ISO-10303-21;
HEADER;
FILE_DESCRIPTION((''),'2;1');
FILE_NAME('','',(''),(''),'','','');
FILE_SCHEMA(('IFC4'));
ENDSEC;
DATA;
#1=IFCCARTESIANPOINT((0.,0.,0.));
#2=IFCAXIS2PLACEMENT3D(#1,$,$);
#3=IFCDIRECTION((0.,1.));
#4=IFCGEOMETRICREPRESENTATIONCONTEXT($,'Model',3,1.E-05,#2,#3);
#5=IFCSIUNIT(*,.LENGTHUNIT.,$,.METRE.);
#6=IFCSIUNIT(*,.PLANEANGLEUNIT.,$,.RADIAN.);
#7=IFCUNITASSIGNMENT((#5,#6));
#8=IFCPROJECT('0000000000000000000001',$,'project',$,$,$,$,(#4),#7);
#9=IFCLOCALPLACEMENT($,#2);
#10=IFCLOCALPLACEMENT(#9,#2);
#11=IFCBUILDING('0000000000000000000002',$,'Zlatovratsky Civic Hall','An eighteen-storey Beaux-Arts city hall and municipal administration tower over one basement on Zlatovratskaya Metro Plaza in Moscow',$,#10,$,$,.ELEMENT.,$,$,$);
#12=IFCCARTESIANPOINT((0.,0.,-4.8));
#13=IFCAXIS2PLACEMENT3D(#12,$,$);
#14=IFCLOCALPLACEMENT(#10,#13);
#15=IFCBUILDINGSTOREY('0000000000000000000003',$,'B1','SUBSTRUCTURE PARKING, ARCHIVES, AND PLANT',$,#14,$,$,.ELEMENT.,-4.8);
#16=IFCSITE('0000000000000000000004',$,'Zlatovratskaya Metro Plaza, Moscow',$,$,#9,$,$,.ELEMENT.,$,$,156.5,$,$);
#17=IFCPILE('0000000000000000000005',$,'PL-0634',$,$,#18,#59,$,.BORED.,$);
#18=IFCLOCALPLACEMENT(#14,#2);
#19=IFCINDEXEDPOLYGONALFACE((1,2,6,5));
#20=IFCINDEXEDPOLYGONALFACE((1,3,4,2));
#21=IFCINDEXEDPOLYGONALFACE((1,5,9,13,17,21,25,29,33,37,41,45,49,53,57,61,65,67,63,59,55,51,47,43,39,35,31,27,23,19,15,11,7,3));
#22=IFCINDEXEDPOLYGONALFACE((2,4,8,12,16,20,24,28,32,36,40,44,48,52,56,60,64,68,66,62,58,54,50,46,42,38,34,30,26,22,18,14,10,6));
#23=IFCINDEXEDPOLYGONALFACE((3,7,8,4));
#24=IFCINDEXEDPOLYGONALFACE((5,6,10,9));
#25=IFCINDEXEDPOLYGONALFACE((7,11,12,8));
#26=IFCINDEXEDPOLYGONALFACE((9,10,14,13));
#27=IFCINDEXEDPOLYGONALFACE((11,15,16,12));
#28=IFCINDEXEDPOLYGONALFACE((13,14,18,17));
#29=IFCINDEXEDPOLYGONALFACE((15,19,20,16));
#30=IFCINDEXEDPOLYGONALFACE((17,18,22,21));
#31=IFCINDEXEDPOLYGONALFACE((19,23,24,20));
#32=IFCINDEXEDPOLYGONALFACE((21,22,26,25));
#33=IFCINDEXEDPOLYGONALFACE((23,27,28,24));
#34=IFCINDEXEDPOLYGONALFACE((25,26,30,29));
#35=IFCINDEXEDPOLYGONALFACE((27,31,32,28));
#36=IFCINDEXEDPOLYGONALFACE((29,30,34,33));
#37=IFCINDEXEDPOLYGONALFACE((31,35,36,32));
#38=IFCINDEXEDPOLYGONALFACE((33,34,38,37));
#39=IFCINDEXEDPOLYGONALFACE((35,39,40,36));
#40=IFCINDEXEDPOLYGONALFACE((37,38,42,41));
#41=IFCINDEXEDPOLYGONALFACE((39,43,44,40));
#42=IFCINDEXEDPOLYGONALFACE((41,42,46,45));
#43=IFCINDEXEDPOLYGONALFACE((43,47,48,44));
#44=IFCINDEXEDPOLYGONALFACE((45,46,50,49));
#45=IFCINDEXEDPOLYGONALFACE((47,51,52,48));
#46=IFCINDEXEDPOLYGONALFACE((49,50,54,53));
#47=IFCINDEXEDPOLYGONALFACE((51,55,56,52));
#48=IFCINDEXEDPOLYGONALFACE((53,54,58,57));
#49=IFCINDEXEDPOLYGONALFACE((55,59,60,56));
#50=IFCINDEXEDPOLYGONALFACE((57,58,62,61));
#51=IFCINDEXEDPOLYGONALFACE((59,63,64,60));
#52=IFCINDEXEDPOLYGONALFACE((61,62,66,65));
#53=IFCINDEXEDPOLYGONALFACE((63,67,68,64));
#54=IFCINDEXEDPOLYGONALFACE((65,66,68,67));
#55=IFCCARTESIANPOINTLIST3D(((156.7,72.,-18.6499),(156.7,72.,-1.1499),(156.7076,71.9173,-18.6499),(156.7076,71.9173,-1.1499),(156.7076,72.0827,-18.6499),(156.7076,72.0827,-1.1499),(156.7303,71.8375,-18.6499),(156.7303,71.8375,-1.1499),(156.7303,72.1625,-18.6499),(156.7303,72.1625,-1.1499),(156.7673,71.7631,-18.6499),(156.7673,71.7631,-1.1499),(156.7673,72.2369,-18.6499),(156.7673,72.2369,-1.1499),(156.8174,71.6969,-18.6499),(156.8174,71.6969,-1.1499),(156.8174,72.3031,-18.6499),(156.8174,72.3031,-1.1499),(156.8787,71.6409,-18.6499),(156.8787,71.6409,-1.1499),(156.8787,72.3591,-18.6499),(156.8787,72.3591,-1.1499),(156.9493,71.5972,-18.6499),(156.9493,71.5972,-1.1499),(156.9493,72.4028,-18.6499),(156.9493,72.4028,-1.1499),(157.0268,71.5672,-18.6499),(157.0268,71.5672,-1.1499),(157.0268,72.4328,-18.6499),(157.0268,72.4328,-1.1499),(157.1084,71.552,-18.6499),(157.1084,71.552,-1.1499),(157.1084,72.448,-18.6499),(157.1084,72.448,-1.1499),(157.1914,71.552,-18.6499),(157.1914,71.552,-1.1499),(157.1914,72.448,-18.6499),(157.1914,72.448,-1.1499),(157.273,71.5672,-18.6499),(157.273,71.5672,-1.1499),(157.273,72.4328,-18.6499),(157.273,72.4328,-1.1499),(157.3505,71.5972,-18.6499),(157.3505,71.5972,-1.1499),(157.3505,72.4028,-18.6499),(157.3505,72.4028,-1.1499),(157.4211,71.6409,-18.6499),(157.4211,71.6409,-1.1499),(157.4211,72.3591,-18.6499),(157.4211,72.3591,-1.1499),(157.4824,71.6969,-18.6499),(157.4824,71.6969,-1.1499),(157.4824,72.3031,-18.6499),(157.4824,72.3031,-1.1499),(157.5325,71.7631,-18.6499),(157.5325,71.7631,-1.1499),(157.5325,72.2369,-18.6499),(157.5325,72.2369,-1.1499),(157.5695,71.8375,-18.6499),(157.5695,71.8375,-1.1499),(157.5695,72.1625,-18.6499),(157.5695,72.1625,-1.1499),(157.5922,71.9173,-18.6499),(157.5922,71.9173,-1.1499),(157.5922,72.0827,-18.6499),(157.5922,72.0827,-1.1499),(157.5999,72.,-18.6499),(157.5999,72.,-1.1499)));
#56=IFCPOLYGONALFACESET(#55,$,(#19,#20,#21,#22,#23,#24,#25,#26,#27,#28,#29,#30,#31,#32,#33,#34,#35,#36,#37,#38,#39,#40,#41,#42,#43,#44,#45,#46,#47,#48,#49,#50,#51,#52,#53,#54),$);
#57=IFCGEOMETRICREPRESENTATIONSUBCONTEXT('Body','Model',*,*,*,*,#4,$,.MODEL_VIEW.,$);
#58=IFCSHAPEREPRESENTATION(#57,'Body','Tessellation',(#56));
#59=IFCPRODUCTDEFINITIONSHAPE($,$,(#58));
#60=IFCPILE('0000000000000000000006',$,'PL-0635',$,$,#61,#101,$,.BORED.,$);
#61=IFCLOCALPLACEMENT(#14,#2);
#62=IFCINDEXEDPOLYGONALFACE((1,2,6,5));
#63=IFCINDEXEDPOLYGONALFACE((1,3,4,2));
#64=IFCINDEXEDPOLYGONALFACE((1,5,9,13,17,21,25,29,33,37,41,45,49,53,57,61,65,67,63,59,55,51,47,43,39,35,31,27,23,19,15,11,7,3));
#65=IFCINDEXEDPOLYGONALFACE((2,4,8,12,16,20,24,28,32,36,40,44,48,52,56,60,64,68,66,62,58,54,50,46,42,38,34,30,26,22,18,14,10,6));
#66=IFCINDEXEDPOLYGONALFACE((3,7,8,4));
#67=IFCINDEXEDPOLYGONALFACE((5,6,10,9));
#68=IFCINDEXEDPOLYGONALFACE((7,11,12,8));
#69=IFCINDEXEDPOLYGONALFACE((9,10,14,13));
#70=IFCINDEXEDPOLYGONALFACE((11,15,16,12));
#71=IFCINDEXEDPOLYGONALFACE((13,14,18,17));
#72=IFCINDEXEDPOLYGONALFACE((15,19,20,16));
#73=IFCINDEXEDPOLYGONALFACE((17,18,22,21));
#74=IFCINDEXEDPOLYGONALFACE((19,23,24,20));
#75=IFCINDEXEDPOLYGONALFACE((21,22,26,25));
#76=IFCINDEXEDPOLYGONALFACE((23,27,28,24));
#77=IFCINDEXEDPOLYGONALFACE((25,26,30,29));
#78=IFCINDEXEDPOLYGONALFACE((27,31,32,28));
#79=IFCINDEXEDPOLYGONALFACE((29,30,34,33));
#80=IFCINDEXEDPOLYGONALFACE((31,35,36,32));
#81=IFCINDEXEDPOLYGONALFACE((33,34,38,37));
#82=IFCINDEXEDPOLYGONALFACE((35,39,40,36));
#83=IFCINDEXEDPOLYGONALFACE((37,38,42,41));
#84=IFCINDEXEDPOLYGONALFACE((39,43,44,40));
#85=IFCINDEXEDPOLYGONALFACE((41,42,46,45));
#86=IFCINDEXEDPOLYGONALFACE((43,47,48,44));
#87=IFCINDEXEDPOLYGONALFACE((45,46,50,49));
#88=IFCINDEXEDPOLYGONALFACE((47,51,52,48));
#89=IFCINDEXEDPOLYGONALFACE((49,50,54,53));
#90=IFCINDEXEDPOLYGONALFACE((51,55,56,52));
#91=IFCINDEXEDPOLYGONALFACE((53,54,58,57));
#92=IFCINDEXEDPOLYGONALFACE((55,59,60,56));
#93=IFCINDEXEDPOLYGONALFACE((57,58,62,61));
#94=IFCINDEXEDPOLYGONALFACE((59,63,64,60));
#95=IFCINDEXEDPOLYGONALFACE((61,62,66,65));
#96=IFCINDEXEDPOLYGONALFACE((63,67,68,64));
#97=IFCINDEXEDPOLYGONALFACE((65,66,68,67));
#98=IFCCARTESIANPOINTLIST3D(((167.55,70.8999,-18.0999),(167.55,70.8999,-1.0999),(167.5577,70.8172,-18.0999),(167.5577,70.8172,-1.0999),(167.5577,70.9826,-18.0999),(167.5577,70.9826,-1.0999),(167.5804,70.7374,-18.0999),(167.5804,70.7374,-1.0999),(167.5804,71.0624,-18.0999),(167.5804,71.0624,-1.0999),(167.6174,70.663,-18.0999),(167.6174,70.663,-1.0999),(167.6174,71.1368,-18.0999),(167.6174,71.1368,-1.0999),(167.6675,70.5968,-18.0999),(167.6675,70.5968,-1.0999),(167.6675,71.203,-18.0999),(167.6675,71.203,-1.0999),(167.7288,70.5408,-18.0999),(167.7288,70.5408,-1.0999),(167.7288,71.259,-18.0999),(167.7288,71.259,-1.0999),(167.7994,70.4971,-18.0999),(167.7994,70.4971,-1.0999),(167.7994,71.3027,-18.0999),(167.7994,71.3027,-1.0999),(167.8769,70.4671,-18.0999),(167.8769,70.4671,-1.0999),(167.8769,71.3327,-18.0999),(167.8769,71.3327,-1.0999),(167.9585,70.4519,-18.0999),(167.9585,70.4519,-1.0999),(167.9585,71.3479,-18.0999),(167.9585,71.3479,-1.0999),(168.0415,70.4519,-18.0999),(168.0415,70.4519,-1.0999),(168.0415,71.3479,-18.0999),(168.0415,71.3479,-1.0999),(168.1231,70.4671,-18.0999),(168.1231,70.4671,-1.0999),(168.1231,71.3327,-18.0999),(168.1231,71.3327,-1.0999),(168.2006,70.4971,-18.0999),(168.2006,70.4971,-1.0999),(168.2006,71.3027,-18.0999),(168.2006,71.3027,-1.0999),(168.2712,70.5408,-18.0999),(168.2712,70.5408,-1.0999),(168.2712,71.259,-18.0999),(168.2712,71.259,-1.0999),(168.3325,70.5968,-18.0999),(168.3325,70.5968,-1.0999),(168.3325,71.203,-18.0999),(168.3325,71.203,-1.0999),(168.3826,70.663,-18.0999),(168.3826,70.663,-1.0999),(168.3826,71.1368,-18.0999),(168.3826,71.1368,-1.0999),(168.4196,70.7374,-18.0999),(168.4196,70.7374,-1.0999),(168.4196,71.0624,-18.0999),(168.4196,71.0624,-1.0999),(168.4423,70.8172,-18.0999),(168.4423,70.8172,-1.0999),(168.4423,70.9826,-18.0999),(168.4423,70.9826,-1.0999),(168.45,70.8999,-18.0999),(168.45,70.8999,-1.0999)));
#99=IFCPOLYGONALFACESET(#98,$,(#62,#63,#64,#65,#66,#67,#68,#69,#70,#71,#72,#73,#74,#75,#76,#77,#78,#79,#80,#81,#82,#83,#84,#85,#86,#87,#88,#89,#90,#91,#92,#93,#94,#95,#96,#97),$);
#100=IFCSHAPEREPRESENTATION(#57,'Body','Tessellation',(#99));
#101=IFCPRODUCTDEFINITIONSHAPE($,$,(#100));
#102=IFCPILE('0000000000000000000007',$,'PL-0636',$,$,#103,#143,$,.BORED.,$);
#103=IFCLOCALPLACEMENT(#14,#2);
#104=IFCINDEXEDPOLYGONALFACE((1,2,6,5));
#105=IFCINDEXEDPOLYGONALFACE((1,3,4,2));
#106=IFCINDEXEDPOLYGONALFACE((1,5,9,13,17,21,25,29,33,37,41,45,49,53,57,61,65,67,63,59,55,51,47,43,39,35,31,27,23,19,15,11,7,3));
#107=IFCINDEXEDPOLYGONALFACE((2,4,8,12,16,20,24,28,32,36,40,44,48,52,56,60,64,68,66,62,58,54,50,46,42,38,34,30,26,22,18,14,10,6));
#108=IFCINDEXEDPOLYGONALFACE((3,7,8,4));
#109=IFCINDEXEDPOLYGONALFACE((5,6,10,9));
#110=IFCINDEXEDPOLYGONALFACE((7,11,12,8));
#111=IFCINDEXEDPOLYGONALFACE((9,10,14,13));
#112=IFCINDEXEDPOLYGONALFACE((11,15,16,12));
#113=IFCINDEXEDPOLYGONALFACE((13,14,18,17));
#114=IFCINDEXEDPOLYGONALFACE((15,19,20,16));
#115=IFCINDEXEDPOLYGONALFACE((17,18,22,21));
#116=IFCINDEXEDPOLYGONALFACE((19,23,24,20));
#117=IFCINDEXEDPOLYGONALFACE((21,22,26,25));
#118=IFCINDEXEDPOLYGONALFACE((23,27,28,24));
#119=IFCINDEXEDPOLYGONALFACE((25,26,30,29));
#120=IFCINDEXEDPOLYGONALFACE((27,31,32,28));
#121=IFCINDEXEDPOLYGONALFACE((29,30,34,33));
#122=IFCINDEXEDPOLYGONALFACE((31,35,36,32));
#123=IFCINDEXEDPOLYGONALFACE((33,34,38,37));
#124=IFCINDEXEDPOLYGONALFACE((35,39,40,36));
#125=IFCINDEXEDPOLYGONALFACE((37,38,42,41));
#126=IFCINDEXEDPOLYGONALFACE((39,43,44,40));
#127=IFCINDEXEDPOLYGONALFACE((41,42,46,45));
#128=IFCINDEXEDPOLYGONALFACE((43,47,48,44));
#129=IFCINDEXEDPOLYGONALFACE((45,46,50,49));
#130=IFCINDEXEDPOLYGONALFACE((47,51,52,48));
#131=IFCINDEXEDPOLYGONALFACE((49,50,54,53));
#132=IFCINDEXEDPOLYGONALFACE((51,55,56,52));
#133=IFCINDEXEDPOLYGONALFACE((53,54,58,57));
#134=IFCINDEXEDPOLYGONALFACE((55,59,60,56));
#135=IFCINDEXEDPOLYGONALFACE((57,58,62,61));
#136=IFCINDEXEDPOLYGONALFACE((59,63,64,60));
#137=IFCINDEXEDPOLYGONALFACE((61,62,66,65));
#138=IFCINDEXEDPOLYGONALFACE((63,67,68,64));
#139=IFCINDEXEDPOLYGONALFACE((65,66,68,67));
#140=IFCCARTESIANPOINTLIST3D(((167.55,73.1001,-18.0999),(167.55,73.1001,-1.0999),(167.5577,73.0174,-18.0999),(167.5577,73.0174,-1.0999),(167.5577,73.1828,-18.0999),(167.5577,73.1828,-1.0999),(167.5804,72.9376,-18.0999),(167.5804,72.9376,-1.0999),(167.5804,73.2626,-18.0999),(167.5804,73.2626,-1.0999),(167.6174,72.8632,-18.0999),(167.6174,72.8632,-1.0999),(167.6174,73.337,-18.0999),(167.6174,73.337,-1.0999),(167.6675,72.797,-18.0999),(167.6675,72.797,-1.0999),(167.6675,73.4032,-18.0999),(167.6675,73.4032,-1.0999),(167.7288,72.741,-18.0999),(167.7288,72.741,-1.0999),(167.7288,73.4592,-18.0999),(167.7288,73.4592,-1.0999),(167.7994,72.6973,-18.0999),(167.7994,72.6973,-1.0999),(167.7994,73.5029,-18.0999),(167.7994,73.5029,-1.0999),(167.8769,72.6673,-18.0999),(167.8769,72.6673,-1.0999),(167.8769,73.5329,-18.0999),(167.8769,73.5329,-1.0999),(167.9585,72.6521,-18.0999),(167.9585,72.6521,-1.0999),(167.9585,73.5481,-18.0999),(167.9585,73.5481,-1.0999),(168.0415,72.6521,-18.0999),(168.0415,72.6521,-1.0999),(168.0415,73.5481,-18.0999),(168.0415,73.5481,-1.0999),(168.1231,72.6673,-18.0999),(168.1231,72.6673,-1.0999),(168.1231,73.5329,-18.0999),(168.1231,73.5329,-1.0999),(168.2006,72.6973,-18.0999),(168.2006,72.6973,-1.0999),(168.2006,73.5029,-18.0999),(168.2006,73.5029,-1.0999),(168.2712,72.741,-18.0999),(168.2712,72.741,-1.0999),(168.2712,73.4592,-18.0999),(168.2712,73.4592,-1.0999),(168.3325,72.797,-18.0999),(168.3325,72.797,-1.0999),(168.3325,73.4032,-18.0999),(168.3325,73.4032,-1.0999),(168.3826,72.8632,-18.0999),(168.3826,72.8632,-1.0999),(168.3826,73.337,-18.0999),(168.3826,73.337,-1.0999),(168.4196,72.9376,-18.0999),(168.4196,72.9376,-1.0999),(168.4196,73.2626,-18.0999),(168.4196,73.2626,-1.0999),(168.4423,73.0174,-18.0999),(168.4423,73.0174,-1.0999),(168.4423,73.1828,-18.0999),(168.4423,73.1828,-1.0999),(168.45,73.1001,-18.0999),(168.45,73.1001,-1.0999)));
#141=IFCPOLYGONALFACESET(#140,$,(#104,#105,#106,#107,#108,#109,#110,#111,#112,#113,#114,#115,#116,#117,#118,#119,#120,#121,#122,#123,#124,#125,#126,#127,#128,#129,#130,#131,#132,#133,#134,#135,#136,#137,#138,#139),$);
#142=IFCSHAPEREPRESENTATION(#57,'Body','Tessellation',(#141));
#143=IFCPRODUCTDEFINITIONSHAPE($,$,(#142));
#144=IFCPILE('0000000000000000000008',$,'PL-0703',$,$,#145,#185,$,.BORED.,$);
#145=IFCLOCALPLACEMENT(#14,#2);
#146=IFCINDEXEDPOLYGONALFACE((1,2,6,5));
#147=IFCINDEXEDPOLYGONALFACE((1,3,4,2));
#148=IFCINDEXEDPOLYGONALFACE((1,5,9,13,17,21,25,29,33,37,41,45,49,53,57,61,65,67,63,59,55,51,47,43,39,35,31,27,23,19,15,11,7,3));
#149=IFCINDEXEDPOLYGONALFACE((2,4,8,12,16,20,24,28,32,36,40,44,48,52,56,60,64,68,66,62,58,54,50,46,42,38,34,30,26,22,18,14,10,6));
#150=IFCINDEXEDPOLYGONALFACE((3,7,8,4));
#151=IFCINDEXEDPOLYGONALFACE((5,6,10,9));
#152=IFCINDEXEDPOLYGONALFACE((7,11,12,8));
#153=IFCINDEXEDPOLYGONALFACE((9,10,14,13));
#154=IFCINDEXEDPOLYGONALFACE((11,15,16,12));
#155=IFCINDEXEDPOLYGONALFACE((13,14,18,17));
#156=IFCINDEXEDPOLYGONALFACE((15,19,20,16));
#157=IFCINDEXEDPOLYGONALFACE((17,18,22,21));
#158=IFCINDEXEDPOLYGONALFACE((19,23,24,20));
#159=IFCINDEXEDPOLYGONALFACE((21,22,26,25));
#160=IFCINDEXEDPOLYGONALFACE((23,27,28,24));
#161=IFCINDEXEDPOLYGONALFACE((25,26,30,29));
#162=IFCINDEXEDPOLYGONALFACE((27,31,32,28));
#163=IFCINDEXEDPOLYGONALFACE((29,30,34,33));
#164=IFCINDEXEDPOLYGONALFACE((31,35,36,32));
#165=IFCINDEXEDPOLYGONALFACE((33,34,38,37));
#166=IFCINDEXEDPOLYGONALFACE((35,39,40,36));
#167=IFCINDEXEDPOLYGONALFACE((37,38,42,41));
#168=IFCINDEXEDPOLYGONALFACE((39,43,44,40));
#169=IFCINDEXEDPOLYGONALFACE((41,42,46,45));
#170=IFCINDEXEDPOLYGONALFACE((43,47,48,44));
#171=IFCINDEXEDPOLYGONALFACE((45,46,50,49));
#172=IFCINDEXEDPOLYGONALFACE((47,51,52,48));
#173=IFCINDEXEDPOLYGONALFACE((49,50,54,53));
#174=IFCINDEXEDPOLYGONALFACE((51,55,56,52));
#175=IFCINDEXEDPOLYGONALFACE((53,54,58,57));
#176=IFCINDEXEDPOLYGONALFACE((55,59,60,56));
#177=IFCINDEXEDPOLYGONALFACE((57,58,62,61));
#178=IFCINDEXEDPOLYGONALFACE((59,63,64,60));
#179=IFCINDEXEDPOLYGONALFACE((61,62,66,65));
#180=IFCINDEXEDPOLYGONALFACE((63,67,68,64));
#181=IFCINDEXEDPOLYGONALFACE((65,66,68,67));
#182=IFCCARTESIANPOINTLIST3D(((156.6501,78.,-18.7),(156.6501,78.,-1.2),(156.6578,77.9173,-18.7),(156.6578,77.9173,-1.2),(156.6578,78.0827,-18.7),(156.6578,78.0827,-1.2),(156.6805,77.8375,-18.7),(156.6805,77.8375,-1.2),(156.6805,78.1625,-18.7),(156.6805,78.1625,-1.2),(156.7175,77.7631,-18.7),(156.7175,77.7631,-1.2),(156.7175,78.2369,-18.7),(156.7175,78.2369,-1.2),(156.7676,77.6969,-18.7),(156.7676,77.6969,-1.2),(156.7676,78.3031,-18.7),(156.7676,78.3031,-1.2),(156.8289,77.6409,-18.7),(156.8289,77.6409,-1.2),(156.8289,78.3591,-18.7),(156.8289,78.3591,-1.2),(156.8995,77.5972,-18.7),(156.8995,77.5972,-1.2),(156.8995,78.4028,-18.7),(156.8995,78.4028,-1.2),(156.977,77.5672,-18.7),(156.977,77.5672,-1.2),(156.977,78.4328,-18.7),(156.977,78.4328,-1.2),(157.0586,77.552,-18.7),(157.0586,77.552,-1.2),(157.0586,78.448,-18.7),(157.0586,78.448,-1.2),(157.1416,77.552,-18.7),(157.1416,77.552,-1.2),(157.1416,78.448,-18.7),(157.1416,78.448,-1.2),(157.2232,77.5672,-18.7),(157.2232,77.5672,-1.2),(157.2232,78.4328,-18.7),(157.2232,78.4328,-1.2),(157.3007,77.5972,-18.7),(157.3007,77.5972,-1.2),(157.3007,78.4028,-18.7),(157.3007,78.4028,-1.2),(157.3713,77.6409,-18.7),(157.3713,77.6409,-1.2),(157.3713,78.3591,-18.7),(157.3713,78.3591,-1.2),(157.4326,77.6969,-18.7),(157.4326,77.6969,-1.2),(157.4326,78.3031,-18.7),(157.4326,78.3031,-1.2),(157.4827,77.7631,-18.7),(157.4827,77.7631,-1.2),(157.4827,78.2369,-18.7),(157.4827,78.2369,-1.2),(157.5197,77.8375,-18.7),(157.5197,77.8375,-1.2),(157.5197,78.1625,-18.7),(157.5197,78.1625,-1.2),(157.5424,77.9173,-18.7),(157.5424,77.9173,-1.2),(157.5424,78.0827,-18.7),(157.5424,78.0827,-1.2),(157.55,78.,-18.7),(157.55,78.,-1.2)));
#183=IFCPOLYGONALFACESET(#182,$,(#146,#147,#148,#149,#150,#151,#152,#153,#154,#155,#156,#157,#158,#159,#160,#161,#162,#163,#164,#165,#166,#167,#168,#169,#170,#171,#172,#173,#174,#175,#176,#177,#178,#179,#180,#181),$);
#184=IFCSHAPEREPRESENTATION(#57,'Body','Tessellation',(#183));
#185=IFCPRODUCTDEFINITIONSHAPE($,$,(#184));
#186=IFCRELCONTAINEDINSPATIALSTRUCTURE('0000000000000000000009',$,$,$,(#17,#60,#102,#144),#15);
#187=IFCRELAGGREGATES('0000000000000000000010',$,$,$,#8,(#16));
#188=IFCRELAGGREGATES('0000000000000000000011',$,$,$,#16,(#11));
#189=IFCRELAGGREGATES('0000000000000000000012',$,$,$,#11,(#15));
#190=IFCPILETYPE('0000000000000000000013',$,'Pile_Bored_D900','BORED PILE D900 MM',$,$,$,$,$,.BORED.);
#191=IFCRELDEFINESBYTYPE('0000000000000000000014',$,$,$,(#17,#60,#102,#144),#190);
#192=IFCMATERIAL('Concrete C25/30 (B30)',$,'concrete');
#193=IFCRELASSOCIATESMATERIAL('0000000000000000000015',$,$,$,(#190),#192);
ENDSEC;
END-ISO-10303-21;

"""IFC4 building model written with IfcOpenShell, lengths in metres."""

from ifc_helpers import new_model, si_unit, direction, frame, origin, origin_2d, place, context, subcontext, project, spatial, circle, extrude, material, material_profile, profile_set, type_object, element, save


model = new_model("IFC4")

# Units and contexts
model_context = context("Model", 3, precision=1e-05, world=origin(), true_north=direction((0.0, 1.0)))
body_context = subcontext(model_context, "Body", "Model", "MODEL_VIEW")
ifc_project = project(units=[si_unit("LENGTHUNIT", "METRE"), si_unit("PLANEANGLEUNIT", "RADIAN")], contexts=[model_context])

# Site, building, storey
site_placement = place(None, origin())
site = spatial("IfcSite", under=ifc_project, at=site_placement, Name="Zlatovratskaya Metro Plaza, Moscow", CompositionType="ELEMENT", RefElevation=156.5)
building_placement = place(site_placement, origin())
building = spatial("IfcBuilding", under=site, at=building_placement, Name="Zlatovratsky Civic Hall", Description="An eighteen-storey Beaux-Arts city hall and municipal administration tower over one basement on Zlatovratskaya Metro Plaza in Moscow", CompositionType="ELEMENT")
storey_placement = place(building_placement, frame((0.0, 0.0, -4.8)))
storey = spatial("IfcBuildingStorey", under=building, at=storey_placement, Name="B1", Description="SUBSTRUCTURE PARKING, ARCHIVES, AND PLANT", CompositionType="ELEMENT", Elevation=-4.8)

# Shared definitions
ifc_material_1 = material(Name="Concrete C25/30 (B30)", Category="concrete")

# Piles
ifc_material_profile_1 = material_profile(ifc_material_1, circle(Radius=0.45, at=origin_2d()), Name="PILE D900")
ifc_profile_set_1 = profile_set([ifc_material_profile_1], Name="Concrete C25/30 (B30)")
pile_type = type_object("IfcPileType", Name="Pile_Bored_D900", Description="BORED PILE D900 MM", PredefinedType="BORED", material=ifc_profile_set_1)
pile_1_placement = place(storey_placement, frame((157.1499, 72.0, -1.1499), z_axis=(0.0, 0.0, -1.0), x_axis=(1.0, 0.0, 0.0)))
element("IfcPile", 1, at=pile_1_placement, inside=storey, type_object=pile_type, Name="PL-0634", PredefinedType="BORED", context=body_context, shape_type="SweptSolid", body=[
    extrude(circle(Radius=0.45, at=origin_2d()), origin(), (0.0, 0.0, 1.0), 17.5),
])
for number, where, z_axis, x_axis, name in (
    (2, (168.0, 70.8999, -1.0999), (0.0, 0.0, -1.0), (1.0, 0.0, 0.0), "PL-0635"),
    (3, (168.0, 73.1001, -1.0999), (0.0, 0.0, -1.0), (1.0, 0.0, 0.0), "PL-0636"),
):
    element("IfcPile", number, at=place(storey_placement, frame(where, z_axis=z_axis, x_axis=x_axis)), inside=storey, type_object=pile_type, Name=name, PredefinedType="BORED", context=body_context, shape_type="SweptSolid", body=[
        extrude(circle(Radius=0.45, at=origin_2d()), origin(), (0.0, 0.0, 1.0), 17.0),
    ])
pile_2_placement = place(storey_placement, frame((157.1001, 78.0, -1.2), z_axis=(0.0, 0.0, -1.0), x_axis=(1.0, 0.0, 0.0)))
element("IfcPile", 4, at=pile_2_placement, inside=storey, type_object=pile_type, Name="PL-0703", PredefinedType="BORED", context=body_context, shape_type="SweptSolid", body=[
    extrude(circle(Radius=0.45, at=origin_2d()), origin(), (0.0, 0.0, 1.0), 17.5),
])

save(model, "model.ifc")
